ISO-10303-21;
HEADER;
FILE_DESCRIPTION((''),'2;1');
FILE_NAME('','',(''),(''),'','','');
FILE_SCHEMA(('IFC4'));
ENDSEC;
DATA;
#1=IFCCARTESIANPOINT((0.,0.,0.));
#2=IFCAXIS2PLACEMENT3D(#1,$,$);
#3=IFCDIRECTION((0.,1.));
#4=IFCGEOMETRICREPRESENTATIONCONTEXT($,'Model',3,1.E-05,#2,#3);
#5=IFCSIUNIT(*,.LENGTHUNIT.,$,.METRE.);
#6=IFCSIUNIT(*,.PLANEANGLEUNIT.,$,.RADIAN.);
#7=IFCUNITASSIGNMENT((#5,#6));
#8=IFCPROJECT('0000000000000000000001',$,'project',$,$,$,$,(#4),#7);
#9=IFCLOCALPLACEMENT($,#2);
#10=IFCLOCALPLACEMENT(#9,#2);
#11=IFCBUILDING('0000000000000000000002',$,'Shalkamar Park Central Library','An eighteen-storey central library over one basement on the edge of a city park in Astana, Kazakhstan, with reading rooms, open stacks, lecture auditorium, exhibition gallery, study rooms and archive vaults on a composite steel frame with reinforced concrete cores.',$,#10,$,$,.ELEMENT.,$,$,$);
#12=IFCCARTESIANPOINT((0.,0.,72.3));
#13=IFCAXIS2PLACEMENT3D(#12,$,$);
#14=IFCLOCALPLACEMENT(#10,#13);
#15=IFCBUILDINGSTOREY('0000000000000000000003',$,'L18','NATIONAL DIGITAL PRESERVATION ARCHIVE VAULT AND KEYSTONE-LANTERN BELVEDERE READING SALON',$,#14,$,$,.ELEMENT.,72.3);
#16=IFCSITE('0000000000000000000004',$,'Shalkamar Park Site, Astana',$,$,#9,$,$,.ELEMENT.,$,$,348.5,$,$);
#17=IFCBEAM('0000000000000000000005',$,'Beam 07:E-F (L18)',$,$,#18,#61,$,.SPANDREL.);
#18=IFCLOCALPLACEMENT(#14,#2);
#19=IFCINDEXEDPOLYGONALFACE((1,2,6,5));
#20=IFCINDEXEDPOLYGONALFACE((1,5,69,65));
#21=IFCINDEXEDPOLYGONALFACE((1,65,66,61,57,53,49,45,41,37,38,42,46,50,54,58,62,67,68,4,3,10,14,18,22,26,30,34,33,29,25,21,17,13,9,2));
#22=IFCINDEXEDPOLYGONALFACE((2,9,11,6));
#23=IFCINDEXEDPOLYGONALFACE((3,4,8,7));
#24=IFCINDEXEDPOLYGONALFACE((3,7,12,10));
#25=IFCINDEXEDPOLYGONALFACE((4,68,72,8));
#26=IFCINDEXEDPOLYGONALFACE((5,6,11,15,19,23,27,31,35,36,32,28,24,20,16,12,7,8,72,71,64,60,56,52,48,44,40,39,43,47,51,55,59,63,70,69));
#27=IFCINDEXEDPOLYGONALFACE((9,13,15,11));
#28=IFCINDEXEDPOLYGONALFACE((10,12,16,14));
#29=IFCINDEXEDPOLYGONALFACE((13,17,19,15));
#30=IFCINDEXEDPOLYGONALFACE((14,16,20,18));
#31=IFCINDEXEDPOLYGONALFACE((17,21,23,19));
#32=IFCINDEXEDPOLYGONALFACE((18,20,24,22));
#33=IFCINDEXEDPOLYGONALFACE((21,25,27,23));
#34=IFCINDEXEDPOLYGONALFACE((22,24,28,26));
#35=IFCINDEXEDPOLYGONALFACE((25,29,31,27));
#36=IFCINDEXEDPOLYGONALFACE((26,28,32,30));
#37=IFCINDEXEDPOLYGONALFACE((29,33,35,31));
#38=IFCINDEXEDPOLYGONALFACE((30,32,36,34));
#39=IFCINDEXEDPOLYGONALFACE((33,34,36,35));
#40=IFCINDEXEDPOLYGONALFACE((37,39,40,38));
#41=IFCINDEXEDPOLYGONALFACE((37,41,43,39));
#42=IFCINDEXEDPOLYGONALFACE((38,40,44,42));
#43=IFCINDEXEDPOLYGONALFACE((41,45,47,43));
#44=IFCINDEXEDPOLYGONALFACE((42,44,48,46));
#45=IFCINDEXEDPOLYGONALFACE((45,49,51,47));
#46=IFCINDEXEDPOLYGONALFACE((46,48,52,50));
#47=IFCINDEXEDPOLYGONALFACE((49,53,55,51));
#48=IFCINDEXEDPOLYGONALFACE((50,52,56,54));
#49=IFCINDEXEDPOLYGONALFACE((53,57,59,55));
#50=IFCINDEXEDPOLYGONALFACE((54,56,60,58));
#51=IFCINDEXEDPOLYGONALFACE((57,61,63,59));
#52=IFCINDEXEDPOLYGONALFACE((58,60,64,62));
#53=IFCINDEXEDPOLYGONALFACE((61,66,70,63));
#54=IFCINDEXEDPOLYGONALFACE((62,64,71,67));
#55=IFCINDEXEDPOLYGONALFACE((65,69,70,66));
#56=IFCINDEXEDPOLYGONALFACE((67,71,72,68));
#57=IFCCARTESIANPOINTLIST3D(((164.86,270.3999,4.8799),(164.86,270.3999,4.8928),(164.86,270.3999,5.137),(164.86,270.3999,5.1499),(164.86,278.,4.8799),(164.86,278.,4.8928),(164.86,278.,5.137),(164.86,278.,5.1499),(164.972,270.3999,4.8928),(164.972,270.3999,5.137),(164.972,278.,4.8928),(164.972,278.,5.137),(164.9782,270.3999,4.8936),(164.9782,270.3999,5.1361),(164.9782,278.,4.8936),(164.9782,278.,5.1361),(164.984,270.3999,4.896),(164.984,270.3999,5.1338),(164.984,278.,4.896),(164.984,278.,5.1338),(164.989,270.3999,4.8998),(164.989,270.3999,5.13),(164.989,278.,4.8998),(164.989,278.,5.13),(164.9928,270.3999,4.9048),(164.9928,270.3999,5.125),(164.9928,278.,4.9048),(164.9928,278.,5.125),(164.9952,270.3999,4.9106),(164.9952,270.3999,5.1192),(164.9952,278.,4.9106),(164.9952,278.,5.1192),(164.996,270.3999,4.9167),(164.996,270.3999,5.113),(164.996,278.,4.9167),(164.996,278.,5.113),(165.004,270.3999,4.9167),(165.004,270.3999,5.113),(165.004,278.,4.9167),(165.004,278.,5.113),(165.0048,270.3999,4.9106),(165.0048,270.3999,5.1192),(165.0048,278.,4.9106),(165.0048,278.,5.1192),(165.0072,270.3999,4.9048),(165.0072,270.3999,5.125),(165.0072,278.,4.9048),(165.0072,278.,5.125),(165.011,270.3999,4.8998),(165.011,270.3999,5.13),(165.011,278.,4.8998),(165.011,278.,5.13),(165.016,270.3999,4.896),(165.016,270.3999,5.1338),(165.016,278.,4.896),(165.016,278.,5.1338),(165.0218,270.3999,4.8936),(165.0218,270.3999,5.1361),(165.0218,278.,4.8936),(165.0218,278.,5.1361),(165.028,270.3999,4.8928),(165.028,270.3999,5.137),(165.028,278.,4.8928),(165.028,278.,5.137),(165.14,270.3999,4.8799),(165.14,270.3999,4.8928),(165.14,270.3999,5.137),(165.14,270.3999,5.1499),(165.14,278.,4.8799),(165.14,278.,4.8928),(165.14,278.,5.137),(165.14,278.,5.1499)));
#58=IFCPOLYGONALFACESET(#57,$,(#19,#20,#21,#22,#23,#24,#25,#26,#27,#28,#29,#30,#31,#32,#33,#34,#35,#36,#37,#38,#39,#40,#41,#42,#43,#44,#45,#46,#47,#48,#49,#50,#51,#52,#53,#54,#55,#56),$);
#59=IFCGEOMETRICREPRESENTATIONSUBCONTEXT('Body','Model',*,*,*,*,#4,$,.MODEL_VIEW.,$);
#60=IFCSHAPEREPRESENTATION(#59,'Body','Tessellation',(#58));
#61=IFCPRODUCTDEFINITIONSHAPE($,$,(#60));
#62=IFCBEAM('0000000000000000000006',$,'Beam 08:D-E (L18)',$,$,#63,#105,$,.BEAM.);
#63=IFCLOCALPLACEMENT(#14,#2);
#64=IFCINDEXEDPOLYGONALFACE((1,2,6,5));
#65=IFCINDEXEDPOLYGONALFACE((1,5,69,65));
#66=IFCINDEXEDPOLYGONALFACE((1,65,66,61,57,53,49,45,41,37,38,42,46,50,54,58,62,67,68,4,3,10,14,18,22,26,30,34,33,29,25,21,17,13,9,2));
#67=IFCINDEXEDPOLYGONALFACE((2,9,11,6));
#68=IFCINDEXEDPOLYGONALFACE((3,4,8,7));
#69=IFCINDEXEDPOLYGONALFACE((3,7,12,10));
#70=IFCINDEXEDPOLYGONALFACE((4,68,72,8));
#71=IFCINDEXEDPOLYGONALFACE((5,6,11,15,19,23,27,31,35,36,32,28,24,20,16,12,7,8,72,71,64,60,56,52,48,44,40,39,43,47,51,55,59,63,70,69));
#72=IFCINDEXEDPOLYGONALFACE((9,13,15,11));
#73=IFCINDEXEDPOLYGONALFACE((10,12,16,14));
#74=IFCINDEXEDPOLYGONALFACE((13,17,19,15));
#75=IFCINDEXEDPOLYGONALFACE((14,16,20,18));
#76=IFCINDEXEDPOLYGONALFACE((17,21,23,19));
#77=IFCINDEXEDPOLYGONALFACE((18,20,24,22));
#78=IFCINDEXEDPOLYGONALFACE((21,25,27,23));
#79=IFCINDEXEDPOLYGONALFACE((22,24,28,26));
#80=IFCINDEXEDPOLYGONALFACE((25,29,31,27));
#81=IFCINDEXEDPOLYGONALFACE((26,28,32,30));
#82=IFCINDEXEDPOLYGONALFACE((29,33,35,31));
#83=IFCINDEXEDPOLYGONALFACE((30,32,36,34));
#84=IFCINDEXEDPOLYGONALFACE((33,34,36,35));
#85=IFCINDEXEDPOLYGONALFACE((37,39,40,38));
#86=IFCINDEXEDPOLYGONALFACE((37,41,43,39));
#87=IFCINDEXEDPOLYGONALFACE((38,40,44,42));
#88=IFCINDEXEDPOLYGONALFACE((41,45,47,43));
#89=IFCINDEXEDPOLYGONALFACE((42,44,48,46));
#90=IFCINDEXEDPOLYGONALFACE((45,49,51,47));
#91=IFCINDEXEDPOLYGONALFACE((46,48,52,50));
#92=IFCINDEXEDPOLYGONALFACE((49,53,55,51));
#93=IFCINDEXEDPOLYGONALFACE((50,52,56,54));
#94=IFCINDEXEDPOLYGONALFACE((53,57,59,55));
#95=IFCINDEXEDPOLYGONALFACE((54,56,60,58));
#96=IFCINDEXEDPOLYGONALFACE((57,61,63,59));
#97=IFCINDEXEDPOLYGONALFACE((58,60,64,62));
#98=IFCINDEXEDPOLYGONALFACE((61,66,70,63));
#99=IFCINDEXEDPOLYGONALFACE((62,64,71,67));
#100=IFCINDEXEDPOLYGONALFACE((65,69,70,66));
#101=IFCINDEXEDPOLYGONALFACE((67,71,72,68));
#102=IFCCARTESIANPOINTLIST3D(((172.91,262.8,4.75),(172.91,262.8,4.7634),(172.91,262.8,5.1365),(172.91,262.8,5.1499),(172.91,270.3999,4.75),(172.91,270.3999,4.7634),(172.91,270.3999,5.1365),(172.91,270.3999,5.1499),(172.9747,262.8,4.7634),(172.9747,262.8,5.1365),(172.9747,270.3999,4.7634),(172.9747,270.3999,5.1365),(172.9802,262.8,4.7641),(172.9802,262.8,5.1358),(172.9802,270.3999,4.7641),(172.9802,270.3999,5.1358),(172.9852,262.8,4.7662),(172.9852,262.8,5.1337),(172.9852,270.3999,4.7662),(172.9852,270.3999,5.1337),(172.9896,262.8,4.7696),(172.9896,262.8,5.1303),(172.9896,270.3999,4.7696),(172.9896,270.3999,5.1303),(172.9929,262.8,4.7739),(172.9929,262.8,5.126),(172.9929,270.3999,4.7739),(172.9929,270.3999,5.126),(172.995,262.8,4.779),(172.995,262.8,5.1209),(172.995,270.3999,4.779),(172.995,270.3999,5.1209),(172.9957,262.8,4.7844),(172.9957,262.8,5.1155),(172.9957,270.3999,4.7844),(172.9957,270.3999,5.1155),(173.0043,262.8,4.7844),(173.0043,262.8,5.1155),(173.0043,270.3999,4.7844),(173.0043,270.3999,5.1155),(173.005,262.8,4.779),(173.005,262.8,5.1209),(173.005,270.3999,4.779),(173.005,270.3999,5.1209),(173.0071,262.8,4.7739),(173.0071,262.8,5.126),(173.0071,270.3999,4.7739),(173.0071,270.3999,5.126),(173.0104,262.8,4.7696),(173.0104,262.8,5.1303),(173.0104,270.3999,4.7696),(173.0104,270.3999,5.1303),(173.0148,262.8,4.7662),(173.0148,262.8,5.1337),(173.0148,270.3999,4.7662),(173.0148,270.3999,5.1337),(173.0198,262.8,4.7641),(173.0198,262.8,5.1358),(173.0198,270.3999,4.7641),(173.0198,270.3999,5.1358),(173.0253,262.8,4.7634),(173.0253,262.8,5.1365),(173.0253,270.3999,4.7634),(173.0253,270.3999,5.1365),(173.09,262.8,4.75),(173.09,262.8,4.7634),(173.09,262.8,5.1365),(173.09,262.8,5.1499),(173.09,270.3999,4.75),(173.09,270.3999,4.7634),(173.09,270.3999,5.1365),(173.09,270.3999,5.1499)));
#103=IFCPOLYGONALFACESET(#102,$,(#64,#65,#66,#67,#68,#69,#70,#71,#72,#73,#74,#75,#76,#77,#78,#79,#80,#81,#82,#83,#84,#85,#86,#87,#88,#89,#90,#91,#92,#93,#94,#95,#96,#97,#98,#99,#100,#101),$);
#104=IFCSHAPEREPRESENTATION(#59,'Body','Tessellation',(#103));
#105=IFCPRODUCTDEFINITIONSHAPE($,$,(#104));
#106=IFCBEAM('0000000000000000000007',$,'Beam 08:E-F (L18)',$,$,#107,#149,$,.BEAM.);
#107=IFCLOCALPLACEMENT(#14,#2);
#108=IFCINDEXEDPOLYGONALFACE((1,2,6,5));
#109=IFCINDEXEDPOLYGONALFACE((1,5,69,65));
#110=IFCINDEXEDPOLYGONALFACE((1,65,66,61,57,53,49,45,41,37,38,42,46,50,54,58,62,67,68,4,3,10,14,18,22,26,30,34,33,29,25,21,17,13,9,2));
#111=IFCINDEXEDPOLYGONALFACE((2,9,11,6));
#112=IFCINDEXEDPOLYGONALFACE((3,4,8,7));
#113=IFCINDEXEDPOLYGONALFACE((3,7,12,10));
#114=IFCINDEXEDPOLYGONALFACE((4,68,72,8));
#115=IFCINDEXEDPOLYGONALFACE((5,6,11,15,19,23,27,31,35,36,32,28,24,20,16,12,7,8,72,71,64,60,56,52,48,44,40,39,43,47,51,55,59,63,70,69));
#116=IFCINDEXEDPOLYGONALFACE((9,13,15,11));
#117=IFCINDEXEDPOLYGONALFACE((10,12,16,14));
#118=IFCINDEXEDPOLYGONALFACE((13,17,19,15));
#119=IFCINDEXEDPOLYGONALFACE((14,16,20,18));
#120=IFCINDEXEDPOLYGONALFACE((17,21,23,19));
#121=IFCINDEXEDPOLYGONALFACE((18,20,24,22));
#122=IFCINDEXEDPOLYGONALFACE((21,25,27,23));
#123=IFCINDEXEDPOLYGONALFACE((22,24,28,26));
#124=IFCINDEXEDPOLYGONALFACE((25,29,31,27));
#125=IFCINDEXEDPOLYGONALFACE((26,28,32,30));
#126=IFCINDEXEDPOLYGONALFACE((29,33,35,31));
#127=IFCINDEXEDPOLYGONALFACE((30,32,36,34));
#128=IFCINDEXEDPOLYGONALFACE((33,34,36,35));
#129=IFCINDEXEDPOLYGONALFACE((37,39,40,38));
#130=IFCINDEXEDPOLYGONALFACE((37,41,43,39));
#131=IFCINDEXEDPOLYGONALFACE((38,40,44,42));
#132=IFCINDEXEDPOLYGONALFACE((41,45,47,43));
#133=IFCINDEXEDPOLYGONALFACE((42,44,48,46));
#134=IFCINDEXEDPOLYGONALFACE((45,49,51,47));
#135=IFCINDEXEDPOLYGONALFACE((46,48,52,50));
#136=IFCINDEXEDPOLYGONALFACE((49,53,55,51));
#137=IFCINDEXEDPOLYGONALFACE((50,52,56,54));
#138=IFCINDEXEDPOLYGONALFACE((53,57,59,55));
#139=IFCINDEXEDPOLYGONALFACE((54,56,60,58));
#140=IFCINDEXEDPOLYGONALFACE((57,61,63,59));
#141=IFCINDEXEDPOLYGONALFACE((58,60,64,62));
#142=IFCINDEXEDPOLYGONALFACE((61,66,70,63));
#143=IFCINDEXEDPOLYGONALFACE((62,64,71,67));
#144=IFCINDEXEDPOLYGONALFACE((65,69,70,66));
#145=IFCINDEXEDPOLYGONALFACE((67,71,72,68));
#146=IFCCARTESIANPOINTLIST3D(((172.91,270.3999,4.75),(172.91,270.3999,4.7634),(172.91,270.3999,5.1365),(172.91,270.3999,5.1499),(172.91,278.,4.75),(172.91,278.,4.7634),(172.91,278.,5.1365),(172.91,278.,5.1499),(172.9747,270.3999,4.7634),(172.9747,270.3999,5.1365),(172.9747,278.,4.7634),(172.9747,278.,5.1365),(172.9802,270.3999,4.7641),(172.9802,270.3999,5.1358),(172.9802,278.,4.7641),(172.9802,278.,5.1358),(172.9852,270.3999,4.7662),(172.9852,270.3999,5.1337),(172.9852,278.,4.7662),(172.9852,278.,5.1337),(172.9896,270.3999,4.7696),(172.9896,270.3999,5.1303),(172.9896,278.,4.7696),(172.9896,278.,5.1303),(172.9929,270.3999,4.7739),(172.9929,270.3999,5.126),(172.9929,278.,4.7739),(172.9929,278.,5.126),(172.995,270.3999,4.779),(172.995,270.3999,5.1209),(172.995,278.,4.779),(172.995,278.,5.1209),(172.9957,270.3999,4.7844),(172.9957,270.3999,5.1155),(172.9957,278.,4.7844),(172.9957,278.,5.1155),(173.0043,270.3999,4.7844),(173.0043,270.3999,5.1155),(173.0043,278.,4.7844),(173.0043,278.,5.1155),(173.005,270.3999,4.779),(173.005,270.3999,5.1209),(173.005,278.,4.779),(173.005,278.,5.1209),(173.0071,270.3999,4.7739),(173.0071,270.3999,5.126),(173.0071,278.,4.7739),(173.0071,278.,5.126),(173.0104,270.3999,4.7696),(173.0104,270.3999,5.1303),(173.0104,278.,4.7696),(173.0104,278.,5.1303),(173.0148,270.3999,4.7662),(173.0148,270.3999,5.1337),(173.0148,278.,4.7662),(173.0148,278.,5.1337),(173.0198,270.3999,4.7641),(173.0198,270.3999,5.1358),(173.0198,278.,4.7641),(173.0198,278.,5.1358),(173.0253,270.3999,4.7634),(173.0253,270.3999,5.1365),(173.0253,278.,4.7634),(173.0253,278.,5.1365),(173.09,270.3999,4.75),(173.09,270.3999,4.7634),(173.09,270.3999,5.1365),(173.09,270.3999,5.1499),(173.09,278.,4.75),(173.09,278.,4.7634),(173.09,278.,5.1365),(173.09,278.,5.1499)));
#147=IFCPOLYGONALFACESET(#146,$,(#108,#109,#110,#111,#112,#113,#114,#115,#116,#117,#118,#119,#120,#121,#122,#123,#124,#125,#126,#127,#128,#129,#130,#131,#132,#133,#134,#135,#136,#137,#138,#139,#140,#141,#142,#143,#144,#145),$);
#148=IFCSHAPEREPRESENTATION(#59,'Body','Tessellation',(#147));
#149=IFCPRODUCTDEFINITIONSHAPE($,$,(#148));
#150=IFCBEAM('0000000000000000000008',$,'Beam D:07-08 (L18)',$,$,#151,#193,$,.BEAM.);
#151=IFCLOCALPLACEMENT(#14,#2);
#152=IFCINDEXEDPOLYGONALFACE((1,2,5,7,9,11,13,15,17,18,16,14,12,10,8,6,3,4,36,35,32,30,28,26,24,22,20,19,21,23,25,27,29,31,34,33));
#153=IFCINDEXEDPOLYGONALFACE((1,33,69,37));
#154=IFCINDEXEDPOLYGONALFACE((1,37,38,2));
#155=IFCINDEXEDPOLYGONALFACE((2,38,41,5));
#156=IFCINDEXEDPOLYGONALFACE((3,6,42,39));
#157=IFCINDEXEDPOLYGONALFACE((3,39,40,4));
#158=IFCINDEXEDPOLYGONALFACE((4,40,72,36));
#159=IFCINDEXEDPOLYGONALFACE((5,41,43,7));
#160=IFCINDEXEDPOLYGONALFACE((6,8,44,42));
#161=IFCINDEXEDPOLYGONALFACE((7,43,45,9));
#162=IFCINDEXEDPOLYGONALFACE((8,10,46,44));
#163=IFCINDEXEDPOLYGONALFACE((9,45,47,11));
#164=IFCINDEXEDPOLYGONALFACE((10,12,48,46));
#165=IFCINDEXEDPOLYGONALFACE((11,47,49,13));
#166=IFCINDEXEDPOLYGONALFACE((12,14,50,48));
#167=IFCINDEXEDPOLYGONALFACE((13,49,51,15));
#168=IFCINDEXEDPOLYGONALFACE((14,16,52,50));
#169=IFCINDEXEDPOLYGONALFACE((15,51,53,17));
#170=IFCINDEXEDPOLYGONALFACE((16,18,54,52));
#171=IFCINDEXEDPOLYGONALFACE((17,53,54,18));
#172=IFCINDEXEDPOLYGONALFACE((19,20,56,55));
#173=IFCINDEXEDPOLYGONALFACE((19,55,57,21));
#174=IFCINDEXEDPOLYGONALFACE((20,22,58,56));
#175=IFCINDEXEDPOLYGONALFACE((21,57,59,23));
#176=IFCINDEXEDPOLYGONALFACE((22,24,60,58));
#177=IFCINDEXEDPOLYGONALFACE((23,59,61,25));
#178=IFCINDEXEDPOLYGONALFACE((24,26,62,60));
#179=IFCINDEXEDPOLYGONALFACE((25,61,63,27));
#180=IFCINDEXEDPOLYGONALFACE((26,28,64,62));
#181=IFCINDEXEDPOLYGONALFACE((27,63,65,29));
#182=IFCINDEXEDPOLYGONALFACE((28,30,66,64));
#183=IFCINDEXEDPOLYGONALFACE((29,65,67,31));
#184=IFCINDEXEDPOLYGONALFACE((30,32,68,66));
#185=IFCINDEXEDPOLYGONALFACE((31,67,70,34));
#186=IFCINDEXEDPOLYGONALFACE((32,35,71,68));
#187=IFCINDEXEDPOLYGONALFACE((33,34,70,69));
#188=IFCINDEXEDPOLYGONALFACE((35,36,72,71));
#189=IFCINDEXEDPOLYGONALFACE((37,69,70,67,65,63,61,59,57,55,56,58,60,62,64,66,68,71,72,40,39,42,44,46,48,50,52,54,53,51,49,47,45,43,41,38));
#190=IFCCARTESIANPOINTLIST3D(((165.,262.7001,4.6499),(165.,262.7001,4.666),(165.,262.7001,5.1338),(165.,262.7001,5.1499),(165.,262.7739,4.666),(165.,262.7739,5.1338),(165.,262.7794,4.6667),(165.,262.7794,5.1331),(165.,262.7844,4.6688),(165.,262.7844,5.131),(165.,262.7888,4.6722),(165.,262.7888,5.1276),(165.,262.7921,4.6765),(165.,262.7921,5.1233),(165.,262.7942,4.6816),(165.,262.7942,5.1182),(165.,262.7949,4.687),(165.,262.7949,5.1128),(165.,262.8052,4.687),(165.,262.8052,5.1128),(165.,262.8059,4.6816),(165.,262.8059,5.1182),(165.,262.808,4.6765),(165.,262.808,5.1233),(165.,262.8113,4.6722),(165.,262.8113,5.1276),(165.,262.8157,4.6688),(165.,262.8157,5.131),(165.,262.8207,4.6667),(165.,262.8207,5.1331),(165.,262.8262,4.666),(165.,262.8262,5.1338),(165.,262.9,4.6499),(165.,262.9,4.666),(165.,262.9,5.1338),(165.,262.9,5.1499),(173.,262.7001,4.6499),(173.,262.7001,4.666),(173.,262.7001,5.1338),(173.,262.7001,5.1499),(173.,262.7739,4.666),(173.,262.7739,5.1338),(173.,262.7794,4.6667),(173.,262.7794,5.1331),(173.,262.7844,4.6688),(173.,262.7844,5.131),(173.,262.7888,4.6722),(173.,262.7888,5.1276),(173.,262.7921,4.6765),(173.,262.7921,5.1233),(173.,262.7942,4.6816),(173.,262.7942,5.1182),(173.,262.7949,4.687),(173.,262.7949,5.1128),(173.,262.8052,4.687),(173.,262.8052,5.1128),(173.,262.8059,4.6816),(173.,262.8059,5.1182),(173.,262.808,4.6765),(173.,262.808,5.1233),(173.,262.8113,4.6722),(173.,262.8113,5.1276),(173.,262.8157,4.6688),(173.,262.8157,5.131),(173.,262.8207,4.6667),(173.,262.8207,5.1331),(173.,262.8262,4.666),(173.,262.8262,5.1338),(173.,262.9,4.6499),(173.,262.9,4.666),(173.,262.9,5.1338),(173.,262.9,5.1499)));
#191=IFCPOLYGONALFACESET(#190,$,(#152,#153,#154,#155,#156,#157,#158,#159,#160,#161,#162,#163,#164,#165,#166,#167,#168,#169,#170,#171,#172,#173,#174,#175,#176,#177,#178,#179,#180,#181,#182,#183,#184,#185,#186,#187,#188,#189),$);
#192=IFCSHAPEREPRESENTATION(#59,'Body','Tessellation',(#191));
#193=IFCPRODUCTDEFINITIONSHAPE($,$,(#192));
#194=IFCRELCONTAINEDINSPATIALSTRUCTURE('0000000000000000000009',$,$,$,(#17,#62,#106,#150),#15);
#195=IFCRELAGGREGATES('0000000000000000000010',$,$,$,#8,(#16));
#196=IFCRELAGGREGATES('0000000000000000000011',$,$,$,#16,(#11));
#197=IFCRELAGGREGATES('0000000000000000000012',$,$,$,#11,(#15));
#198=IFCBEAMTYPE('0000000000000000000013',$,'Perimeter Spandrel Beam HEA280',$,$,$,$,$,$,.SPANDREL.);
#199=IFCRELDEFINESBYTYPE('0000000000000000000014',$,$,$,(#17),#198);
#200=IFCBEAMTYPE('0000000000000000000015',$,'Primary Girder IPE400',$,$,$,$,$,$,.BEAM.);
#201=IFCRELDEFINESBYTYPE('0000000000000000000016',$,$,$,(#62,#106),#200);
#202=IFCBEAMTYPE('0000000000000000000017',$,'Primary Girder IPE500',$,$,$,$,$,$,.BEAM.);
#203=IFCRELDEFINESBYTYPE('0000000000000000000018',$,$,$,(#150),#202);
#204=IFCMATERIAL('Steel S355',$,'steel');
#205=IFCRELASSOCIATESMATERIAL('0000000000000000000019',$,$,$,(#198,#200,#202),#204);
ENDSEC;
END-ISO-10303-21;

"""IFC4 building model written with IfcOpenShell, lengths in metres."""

from ifc_helpers import new_model, si_unit, direction, frame, origin, origin_2d, place, context, subcontext, project, spatial, i_section, extrude, material, material_profile, profile_set, type_object, element, save


model = new_model("IFC4")

# Units and contexts
model_context = context("Model", 3, precision=1e-05, world=origin(), true_north=direction((0.0, 1.0)))
body_context = subcontext(model_context, "Body", "Model", "MODEL_VIEW")
ifc_project = project(units=[si_unit("LENGTHUNIT", "METRE"), si_unit("PLANEANGLEUNIT", "RADIAN")], contexts=[model_context])

# Site, building, storey
site_placement = place(None, origin())
site = spatial("IfcSite", under=ifc_project, at=site_placement, Name="Shalkamar Park Site, Astana", CompositionType="ELEMENT", RefElevation=348.5)
building_placement = place(site_placement, origin())
building = spatial("IfcBuilding", under=site, at=building_placement, Name="Shalkamar Park Central Library", Description="An eighteen-storey central library over one basement on the edge of a city park in Astana, Kazakhstan, with reading rooms, open stacks, lecture auditorium, exhibition gallery, study rooms and archive vaults on a composite steel frame with reinforced concrete cores.", CompositionType="ELEMENT")
storey_placement = place(building_placement, frame((0.0, 0.0, 72.3)))
storey = spatial("IfcBuildingStorey", under=building, at=storey_placement, Name="L18", Description="NATIONAL DIGITAL PRESERVATION ARCHIVE VAULT AND KEYSTONE-LANTERN BELVEDERE READING SALON", CompositionType="ELEMENT", Elevation=72.3)

# Shared definitions
ifc_material_1 = material(Name="Steel S355", Category="steel")

# Beams
ifc_material_profile_1 = material_profile(ifc_material_1, i_section(OverallWidth=0.28, OverallDepth=0.27, WebThickness=0.0081, FlangeThickness=0.0129, FilletRadius=0.0239, at=origin_2d()), Name="HEA 280")
ifc_profile_set_1 = profile_set([ifc_material_profile_1], Name="Steel S355")
beam_type_1 = type_object("IfcBeamType", Name="Perimeter Spandrel Beam HEA280", PredefinedType="SPANDREL", material=ifc_profile_set_1)
beam_1_placement = place(storey_placement, frame((165.0, 270.3999, 5.0149), z_axis=(0.0, 1.0, 0.0), x_axis=(-1.0, 0.0, 0.0)))
element("IfcBeam", 1, at=beam_1_placement, inside=storey, type_object=beam_type_1, Name="Beam 07:E-F (L18)", PredefinedType="SPANDREL", context=body_context, shape_type="SweptSolid", body=[
    extrude(i_section(OverallWidth=0.28, OverallDepth=0.27, WebThickness=0.0081, FlangeThickness=0.0129, FilletRadius=0.0239, at=origin_2d()), origin(), (0.0, 0.0, 1.0), 7.6001),
])
ifc_material_profile_2 = material_profile(ifc_material_1, i_section(OverallWidth=0.1799, OverallDepth=0.3999, WebThickness=0.0085, FlangeThickness=0.0134, FilletRadius=0.021, at=origin_2d()), Name="IPE 400")
ifc_profile_set_2 = profile_set([ifc_material_profile_2], Name="Steel S355")
beam_type_2 = type_object("IfcBeamType", Name="Primary Girder IPE400", PredefinedType="BEAM", material=ifc_profile_set_2)
beam_2_placement = place(storey_placement, frame((173.0, 262.8, 4.95), z_axis=(0.0, 1.0, 0.0), x_axis=(-1.0, 0.0, 0.0)))
element("IfcBeam", 2, at=beam_2_placement, inside=storey, type_object=beam_type_2, Name="Beam 08:D-E (L18)", PredefinedType="BEAM", context=body_context, shape_type="SweptSolid", body=[
    extrude(i_section(OverallWidth=0.1799, OverallDepth=0.3999, WebThickness=0.0085, FlangeThickness=0.0134, FilletRadius=0.021, at=origin_2d()), origin(), (0.0, 0.0, 1.0), 7.5999),
])
beam_3_placement = place(storey_placement, frame((173.0, 270.3999, 4.95), z_axis=(0.0, 1.0, 0.0), x_axis=(-1.0, 0.0, 0.0)))
element("IfcBeam", 3, at=beam_3_placement, inside=storey, type_object=beam_type_2, Name="Beam 08:E-F (L18)", PredefinedType="BEAM", context=body_context, shape_type="SweptSolid", body=[
    extrude(i_section(OverallWidth=0.1799, OverallDepth=0.3999, WebThickness=0.0085, FlangeThickness=0.0134, FilletRadius=0.021, at=origin_2d()), origin(), (0.0, 0.0, 1.0), 7.6001),
])
ifc_material_profile_3 = material_profile(ifc_material_1, i_section(OverallWidth=0.2, OverallDepth=0.5, WebThickness=0.0103, FlangeThickness=0.0161, FilletRadius=0.021, at=origin_2d()), Name="IPE 500")
ifc_profile_set_3 = profile_set([ifc_material_profile_3], Name="Steel S355")
beam_type_3 = type_object("IfcBeamType", Name="Primary Girder IPE500", PredefinedType="BEAM", material=ifc_profile_set_3)
for number, where, z_axis, x_axis, name in (
    (4, (165.0, 262.8, 4.8999), (1.0, 0.0, 0.0), (0.0, 1.0, 0.0), "Beam D:07-08 (L18)"),
):
    element("IfcBeam", number, at=place(storey_placement, frame(where, z_axis=z_axis, x_axis=x_axis)), inside=storey, type_object=beam_type_3, Name=name, PredefinedType="BEAM", context=body_context, shape_type="SweptSolid", body=[
        extrude(i_section(OverallWidth=0.2, OverallDepth=0.5, WebThickness=0.0103, FlangeThickness=0.0161, FilletRadius=0.021, at=origin_2d()), origin(), (0.0, 0.0, 1.0), 8.0),
    ])

save(model, "model.ifc")
